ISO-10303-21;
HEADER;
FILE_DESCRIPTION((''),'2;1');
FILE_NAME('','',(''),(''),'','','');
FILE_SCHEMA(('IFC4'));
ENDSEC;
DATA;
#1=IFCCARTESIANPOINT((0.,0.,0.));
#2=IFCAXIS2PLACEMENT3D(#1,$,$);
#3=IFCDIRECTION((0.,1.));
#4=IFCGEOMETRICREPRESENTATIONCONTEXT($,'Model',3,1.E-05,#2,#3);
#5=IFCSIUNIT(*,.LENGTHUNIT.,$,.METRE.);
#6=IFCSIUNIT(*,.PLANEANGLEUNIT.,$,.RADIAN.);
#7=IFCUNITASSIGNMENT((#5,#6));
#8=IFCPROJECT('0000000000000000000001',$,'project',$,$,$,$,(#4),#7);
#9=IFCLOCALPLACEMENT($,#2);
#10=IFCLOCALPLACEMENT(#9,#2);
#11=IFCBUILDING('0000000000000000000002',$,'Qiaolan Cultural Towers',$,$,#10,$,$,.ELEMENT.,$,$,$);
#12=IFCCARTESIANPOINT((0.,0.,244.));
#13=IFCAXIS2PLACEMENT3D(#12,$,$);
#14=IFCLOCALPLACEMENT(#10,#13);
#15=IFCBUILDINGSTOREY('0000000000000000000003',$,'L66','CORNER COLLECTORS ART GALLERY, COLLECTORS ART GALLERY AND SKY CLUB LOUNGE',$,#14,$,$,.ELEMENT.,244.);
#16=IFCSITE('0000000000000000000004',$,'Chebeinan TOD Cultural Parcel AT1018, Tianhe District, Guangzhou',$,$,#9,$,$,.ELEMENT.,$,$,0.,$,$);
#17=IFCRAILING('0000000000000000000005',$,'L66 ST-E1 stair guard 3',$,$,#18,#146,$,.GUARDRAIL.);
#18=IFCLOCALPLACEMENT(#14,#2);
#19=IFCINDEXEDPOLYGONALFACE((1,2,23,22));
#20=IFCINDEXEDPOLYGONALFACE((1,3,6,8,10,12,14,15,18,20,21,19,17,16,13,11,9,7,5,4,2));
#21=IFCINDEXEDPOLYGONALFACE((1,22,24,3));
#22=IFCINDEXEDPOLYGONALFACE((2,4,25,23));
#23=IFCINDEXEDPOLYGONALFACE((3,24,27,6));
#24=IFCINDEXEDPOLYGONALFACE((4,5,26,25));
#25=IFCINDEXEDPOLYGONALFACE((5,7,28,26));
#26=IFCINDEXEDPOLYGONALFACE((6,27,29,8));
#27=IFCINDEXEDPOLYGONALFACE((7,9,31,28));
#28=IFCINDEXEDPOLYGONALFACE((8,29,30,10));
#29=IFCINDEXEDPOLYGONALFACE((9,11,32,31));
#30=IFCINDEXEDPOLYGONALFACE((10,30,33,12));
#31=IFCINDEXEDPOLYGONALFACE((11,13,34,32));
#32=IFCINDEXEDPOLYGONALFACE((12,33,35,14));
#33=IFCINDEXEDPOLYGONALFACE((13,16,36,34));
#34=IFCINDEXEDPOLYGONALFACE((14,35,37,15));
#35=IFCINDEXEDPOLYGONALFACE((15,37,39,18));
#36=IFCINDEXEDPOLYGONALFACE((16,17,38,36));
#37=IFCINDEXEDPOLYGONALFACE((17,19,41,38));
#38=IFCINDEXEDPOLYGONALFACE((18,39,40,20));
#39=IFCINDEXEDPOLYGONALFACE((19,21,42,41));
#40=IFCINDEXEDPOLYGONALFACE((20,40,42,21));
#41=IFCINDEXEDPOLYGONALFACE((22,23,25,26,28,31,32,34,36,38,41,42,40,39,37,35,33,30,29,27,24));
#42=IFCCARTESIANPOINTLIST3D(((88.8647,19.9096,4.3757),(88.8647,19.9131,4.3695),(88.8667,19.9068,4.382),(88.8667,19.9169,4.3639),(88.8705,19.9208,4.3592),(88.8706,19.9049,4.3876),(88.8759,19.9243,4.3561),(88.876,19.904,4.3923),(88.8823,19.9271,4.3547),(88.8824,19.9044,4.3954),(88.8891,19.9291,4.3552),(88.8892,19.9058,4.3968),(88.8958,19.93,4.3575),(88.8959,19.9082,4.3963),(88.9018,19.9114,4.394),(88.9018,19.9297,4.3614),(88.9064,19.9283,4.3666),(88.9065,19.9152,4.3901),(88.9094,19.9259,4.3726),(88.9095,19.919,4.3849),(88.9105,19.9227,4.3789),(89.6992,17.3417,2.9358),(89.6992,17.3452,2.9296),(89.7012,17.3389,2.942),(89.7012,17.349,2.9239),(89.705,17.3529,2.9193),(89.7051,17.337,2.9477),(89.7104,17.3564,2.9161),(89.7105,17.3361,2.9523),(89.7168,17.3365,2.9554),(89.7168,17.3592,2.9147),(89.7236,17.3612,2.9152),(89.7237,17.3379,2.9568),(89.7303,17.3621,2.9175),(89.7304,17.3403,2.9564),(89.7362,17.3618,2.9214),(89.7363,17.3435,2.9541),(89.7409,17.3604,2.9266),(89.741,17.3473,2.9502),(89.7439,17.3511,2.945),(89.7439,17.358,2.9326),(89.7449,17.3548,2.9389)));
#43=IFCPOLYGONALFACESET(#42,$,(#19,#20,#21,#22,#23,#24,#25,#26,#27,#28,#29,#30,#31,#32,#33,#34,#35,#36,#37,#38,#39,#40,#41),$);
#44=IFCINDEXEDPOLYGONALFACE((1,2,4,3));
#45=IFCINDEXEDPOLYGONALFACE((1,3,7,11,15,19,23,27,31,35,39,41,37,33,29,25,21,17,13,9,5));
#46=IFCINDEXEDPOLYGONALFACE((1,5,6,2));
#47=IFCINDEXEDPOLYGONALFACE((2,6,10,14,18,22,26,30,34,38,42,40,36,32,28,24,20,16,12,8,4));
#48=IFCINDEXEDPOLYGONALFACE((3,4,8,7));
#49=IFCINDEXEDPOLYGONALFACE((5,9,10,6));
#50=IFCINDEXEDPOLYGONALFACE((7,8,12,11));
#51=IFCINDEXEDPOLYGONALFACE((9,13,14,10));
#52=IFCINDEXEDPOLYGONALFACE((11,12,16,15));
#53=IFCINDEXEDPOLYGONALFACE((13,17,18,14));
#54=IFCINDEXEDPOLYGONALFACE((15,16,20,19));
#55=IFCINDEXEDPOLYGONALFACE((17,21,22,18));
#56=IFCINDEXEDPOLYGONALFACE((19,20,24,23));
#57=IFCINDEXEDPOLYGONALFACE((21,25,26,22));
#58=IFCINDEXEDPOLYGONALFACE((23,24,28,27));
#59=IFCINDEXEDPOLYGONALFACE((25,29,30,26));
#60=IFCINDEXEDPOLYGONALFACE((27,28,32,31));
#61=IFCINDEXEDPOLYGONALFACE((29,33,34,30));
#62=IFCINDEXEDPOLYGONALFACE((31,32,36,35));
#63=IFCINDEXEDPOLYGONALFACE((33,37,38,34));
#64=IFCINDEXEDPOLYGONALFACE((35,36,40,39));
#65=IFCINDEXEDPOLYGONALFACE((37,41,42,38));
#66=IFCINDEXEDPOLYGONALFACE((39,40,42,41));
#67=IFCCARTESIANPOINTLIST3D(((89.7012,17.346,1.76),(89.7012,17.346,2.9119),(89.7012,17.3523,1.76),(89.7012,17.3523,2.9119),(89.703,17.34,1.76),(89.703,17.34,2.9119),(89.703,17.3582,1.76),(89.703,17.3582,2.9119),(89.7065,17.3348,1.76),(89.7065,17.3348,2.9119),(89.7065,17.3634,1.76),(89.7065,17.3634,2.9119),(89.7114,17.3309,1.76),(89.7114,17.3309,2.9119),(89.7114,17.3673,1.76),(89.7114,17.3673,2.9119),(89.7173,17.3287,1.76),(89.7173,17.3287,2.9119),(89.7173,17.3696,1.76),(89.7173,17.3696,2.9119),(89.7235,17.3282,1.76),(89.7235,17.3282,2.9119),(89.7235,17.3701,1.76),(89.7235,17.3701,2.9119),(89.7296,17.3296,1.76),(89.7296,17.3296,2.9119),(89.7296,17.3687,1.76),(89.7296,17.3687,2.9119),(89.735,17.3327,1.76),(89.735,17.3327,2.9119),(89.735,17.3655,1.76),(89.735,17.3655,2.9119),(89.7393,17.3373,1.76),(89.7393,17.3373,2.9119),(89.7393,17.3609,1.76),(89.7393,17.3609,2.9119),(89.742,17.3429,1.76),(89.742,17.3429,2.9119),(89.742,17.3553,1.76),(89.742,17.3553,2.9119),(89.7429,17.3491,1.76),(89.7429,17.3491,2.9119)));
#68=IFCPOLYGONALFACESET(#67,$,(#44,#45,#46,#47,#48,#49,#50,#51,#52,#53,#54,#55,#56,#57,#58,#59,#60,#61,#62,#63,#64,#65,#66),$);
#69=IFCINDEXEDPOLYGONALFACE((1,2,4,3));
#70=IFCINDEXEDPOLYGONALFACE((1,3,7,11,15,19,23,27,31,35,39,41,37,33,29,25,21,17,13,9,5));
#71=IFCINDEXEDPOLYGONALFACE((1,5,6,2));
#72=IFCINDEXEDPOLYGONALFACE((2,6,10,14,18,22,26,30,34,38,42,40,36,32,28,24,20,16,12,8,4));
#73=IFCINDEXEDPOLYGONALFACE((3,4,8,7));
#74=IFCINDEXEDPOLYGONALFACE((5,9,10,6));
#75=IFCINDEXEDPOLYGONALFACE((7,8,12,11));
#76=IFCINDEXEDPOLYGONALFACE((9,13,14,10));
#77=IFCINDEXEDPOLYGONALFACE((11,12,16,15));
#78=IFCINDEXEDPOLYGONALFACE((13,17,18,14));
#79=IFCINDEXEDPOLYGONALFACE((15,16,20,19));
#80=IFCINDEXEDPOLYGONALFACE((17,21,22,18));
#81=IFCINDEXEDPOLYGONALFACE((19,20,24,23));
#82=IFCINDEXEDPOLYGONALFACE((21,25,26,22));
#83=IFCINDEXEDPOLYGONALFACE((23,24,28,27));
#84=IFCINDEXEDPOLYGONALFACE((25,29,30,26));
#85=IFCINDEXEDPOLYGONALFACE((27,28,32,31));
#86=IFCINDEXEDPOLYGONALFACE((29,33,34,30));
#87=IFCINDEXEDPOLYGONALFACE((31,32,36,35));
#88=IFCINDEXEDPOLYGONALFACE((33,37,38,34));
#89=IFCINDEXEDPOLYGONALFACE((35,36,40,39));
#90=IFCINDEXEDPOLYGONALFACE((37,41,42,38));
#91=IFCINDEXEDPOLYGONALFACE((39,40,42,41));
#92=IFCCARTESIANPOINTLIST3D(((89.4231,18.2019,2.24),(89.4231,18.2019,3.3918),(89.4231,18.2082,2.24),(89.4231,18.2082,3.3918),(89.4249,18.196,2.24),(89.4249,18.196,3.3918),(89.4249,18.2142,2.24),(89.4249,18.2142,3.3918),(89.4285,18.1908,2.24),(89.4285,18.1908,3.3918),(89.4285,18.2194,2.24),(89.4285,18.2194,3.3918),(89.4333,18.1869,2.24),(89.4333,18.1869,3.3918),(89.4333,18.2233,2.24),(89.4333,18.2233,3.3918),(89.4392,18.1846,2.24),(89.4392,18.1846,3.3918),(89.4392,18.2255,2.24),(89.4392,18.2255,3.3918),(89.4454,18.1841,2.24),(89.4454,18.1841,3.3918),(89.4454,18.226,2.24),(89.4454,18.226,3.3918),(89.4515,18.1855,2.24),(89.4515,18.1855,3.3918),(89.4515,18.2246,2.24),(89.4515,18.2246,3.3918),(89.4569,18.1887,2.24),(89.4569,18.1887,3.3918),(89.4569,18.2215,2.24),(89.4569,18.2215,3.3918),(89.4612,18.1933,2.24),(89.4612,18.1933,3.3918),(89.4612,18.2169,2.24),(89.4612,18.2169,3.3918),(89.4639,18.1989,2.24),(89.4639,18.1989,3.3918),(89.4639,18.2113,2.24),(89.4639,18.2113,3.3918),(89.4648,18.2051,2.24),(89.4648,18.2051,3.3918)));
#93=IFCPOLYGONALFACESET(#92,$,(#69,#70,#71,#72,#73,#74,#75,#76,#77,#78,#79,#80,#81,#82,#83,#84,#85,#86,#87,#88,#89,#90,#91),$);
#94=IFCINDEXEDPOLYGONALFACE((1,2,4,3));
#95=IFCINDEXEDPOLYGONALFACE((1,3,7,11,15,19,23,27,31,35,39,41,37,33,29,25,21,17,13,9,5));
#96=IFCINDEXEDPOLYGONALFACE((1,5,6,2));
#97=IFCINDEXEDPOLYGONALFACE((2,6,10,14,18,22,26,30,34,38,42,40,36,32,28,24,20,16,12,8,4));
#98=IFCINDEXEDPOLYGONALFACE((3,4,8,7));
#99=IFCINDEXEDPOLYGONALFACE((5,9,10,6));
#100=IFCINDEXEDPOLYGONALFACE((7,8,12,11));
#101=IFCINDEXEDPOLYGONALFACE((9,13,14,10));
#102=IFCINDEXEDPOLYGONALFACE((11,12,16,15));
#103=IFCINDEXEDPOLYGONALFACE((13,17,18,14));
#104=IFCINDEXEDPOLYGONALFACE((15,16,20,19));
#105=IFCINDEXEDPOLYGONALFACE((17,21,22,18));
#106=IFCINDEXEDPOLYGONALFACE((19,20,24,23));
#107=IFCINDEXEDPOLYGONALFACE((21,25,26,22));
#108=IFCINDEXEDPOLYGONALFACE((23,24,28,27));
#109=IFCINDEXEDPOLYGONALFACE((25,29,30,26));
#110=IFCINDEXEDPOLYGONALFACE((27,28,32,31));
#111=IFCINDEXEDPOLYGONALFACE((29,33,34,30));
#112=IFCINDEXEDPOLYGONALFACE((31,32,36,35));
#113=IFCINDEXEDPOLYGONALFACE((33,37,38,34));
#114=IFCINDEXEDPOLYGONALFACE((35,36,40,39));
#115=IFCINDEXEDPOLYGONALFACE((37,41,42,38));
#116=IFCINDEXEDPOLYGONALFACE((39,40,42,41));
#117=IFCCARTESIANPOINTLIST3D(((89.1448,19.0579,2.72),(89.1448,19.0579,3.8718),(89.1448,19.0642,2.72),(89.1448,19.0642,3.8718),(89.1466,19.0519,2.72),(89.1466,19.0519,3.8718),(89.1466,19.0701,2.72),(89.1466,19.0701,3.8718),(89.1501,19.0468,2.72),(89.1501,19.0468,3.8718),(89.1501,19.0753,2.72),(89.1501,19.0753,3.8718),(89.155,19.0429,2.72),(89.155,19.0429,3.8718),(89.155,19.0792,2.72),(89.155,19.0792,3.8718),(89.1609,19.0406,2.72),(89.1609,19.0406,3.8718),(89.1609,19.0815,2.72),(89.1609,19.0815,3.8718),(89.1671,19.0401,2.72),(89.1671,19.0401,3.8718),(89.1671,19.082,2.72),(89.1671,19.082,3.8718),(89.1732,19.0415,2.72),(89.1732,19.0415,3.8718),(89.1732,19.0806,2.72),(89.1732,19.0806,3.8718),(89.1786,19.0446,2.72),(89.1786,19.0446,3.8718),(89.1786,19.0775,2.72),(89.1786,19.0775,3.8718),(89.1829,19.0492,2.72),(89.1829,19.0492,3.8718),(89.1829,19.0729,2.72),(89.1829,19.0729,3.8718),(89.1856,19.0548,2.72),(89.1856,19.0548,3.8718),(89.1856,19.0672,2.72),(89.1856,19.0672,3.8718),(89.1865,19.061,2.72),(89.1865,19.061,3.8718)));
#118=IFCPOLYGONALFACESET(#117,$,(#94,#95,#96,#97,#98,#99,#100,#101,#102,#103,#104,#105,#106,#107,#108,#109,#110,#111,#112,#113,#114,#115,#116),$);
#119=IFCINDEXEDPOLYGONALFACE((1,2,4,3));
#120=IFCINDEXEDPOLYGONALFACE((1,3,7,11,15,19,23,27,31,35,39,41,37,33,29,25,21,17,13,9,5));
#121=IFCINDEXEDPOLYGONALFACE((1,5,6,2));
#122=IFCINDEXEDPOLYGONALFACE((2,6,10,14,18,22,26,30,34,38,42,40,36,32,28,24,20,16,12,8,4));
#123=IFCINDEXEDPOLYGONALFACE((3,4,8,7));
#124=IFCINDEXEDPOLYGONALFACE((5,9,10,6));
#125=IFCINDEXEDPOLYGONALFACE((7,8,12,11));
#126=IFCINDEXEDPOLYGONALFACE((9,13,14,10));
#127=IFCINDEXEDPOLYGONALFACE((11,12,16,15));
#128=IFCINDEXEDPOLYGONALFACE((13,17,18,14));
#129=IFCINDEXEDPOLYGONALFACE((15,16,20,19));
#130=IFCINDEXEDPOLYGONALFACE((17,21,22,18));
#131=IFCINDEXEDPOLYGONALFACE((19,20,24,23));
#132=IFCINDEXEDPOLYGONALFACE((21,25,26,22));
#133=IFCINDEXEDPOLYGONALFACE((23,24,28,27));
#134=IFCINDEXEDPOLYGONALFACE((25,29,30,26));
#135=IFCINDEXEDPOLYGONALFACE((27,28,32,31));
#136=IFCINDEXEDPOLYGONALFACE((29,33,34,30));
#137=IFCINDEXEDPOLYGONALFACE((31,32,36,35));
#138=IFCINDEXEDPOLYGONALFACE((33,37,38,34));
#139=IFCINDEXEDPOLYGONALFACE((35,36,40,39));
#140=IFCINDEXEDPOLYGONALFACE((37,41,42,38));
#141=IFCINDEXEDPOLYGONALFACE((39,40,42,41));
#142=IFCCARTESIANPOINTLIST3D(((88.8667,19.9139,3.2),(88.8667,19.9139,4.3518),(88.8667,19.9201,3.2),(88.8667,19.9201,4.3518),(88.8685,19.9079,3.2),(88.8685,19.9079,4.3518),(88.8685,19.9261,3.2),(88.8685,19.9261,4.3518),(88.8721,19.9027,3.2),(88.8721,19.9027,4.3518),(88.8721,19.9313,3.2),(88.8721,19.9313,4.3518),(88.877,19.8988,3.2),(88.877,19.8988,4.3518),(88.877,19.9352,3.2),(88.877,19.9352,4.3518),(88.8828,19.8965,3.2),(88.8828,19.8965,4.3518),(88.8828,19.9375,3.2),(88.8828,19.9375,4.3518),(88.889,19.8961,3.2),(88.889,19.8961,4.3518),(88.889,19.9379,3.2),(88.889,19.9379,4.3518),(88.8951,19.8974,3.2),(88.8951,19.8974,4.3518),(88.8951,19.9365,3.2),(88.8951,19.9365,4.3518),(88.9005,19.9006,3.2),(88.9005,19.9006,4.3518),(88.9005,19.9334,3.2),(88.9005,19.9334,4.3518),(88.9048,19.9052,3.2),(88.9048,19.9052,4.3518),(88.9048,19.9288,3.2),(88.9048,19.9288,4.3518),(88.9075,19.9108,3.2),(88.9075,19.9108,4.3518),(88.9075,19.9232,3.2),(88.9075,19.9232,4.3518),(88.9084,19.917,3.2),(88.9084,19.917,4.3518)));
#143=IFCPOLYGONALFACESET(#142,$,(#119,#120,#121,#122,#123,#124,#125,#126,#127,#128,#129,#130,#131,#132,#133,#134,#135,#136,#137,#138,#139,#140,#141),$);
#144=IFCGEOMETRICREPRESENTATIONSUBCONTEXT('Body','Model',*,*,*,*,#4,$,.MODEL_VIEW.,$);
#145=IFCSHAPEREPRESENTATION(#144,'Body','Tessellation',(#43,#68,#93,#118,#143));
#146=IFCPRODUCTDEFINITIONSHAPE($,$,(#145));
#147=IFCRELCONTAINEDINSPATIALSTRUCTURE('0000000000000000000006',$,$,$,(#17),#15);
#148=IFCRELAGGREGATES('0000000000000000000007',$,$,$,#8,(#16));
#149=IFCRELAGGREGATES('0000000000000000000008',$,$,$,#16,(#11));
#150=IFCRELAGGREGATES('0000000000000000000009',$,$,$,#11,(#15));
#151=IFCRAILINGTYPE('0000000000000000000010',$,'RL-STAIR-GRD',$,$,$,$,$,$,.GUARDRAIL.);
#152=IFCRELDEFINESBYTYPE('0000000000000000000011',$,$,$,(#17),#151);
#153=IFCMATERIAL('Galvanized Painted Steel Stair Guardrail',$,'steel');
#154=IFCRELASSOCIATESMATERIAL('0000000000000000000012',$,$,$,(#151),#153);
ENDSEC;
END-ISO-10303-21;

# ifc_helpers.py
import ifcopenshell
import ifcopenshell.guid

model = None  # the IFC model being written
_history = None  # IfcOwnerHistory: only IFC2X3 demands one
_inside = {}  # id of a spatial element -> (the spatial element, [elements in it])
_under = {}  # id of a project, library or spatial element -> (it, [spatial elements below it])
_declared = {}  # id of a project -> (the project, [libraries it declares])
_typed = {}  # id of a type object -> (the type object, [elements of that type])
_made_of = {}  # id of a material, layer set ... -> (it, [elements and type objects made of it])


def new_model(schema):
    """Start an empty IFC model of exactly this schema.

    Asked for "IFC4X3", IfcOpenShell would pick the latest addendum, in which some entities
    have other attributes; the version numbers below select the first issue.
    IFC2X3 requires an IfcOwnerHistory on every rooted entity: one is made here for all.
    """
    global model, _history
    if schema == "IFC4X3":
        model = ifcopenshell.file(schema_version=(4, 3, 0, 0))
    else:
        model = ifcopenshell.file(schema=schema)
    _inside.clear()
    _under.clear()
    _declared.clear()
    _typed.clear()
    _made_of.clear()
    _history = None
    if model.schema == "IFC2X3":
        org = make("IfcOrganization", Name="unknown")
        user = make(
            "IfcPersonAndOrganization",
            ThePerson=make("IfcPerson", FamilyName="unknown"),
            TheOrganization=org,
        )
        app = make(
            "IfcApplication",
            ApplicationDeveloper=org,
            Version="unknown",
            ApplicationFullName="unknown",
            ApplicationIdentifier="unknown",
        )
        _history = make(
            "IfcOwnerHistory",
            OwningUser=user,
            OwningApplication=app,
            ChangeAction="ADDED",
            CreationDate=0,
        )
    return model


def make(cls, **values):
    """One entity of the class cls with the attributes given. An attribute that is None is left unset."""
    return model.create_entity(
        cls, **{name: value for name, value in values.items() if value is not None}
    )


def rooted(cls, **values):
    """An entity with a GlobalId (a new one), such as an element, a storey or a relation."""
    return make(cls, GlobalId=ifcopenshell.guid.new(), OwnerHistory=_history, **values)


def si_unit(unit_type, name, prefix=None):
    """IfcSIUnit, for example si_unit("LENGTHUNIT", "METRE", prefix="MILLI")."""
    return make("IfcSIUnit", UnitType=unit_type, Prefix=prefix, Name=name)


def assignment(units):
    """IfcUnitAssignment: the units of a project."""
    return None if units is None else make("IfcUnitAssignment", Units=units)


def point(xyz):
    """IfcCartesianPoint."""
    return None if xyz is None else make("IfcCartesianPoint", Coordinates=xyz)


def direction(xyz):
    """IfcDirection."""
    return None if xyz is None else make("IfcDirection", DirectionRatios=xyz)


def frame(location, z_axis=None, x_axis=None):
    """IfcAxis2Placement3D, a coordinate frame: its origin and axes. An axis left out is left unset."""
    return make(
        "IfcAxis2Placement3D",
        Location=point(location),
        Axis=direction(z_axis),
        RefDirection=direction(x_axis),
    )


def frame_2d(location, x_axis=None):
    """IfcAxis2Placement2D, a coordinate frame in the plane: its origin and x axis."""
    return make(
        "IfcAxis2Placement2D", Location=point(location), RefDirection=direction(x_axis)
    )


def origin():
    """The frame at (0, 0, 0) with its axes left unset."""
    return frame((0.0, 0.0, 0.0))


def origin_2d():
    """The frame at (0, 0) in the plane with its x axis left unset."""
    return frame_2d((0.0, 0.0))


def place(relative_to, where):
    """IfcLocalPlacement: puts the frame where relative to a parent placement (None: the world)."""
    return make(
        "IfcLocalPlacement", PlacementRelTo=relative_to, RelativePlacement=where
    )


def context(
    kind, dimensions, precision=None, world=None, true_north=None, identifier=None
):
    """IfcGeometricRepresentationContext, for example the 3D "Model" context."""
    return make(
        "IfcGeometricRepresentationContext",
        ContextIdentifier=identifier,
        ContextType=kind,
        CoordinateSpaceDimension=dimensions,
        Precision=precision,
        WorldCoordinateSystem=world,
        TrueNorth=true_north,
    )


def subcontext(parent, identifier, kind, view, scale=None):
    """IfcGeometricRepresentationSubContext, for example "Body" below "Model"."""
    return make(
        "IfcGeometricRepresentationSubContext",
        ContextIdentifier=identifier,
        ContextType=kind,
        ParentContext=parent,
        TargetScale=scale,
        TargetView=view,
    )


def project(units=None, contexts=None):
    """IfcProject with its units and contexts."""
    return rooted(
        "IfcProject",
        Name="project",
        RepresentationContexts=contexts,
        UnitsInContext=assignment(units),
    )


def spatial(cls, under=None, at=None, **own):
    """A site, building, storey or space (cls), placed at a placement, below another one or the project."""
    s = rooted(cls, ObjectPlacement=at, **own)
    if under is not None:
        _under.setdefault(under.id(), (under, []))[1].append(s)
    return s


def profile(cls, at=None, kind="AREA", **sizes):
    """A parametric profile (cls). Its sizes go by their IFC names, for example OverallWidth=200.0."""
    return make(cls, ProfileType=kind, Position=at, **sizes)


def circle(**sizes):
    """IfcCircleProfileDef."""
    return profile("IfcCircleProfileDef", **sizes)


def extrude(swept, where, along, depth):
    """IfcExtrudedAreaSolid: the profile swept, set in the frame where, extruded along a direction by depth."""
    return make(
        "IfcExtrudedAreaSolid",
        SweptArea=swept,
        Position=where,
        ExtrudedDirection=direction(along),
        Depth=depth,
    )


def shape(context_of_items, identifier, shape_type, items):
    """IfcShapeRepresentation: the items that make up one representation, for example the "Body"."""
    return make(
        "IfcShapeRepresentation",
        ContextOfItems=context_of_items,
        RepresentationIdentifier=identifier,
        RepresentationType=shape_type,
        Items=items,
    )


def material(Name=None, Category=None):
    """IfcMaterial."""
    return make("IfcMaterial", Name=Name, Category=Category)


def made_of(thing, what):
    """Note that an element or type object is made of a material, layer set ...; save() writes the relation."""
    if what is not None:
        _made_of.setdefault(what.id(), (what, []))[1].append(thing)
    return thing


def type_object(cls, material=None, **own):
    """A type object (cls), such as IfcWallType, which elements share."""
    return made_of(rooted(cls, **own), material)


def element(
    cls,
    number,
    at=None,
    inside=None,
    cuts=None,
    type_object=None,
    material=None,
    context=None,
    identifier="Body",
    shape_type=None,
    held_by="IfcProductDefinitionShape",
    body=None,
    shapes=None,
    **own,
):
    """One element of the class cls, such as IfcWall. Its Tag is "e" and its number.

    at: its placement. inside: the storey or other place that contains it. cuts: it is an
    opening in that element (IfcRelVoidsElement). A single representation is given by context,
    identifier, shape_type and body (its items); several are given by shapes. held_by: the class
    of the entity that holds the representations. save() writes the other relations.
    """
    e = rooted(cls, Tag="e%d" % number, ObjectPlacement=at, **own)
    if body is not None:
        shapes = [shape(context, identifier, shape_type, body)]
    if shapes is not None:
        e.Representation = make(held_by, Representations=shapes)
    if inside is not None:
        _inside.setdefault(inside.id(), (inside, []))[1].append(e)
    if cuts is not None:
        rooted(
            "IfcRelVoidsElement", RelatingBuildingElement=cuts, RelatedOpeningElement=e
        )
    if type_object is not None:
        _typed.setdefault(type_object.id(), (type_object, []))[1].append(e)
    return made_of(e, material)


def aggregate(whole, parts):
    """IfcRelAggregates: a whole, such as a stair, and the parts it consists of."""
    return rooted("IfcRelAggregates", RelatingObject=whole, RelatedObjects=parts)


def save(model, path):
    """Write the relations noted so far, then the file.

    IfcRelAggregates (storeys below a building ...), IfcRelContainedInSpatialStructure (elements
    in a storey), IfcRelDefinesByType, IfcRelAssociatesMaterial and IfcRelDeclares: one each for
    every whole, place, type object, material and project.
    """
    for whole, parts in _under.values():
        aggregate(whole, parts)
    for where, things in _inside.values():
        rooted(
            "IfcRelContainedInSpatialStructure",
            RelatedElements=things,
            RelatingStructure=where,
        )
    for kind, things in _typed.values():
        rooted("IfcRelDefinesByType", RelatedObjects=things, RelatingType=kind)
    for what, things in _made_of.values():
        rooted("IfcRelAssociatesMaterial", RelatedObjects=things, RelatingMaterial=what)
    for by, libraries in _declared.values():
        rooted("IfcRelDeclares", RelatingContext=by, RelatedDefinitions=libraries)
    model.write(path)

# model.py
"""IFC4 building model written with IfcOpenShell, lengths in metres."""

from ifc_helpers import new_model, si_unit, direction, frame, origin, origin_2d, place, context, subcontext, project, spatial, circle, extrude, material, type_object, element, save


model = new_model("IFC4")

# Units and contexts
model_context = context("Model", 3, precision=1e-05, world=origin(), true_north=direction((0.0, 1.0)))
body_context = subcontext(model_context, "Body", "Model", "MODEL_VIEW")
ifc_project = project(units=[si_unit("LENGTHUNIT", "METRE"), si_unit("PLANEANGLEUNIT", "RADIAN")], contexts=[model_context])

# Site, building, storey
site_placement = place(None, origin())
site = spatial("IfcSite", under=ifc_project, at=site_placement, Name="Chebeinan TOD Cultural Parcel AT1018, Tianhe District, Guangzhou", CompositionType="ELEMENT", RefElevation=0.0)
building_placement = place(site_placement, origin())
building = spatial("IfcBuilding", under=site, at=building_placement, Name="Qiaolan Cultural Towers", CompositionType="ELEMENT")
storey_placement = place(building_placement, frame((0.0, 0.0, 244.0)))
storey = spatial("IfcBuildingStorey", under=building, at=storey_placement, Name="L66", Description="CORNER COLLECTORS ART GALLERY, COLLECTORS ART GALLERY AND SKY CLUB LOUNGE", CompositionType="ELEMENT", Elevation=244.0)

# Railing
ifc_material_1 = material(Name="Galvanized Painted Steel Stair Guardrail", Category="steel")
railing_type_1 = type_object("IfcRailingType", Name="RL-STAIR-GRD", PredefinedType="GUARDRAIL", material=ifc_material_1)
railing_1_placement = place(storey_placement, frame((89.7219, 17.3491, 1.76)))
element("IfcRailing", 1, at=railing_1_placement, inside=storey, type_object=railing_type_1, Name="L66 ST-E1 stair guard 3", PredefinedType="GUARDRAIL", context=body_context, shape_type="SweptSolid", body=[
    extrude(circle(Radius=0.0239, at=origin_2d()), frame((0.0, 0.0, 1.1758), z_axis=(-0.272701, 0.839167, 0.470566), x_axis=(-0.951043, -0.309057, 0.0)), (0.0, 0.0, 1.0), 3.0601),
    extrude(circle(Radius=0.021, at=origin_2d()), origin(), (0.0, 0.0, 1.0), 1.1519),
    extrude(circle(Radius=0.021, at=origin_2d()), frame((-0.2781, 0.856, 0.48)), (0.0, 0.0, 1.0), 1.1519),
    extrude(circle(Radius=0.021, at=origin_2d()), frame((-0.5564, 1.7119, 0.96)), (0.0, 0.0, 1.0), 1.1519),
    extrude(circle(Radius=0.021, at=origin_2d()), frame((-0.8345, 2.5679, 1.4399)), (0.0, 0.0, 1.0), 1.1519),
])

save(model, "model.ifc")
